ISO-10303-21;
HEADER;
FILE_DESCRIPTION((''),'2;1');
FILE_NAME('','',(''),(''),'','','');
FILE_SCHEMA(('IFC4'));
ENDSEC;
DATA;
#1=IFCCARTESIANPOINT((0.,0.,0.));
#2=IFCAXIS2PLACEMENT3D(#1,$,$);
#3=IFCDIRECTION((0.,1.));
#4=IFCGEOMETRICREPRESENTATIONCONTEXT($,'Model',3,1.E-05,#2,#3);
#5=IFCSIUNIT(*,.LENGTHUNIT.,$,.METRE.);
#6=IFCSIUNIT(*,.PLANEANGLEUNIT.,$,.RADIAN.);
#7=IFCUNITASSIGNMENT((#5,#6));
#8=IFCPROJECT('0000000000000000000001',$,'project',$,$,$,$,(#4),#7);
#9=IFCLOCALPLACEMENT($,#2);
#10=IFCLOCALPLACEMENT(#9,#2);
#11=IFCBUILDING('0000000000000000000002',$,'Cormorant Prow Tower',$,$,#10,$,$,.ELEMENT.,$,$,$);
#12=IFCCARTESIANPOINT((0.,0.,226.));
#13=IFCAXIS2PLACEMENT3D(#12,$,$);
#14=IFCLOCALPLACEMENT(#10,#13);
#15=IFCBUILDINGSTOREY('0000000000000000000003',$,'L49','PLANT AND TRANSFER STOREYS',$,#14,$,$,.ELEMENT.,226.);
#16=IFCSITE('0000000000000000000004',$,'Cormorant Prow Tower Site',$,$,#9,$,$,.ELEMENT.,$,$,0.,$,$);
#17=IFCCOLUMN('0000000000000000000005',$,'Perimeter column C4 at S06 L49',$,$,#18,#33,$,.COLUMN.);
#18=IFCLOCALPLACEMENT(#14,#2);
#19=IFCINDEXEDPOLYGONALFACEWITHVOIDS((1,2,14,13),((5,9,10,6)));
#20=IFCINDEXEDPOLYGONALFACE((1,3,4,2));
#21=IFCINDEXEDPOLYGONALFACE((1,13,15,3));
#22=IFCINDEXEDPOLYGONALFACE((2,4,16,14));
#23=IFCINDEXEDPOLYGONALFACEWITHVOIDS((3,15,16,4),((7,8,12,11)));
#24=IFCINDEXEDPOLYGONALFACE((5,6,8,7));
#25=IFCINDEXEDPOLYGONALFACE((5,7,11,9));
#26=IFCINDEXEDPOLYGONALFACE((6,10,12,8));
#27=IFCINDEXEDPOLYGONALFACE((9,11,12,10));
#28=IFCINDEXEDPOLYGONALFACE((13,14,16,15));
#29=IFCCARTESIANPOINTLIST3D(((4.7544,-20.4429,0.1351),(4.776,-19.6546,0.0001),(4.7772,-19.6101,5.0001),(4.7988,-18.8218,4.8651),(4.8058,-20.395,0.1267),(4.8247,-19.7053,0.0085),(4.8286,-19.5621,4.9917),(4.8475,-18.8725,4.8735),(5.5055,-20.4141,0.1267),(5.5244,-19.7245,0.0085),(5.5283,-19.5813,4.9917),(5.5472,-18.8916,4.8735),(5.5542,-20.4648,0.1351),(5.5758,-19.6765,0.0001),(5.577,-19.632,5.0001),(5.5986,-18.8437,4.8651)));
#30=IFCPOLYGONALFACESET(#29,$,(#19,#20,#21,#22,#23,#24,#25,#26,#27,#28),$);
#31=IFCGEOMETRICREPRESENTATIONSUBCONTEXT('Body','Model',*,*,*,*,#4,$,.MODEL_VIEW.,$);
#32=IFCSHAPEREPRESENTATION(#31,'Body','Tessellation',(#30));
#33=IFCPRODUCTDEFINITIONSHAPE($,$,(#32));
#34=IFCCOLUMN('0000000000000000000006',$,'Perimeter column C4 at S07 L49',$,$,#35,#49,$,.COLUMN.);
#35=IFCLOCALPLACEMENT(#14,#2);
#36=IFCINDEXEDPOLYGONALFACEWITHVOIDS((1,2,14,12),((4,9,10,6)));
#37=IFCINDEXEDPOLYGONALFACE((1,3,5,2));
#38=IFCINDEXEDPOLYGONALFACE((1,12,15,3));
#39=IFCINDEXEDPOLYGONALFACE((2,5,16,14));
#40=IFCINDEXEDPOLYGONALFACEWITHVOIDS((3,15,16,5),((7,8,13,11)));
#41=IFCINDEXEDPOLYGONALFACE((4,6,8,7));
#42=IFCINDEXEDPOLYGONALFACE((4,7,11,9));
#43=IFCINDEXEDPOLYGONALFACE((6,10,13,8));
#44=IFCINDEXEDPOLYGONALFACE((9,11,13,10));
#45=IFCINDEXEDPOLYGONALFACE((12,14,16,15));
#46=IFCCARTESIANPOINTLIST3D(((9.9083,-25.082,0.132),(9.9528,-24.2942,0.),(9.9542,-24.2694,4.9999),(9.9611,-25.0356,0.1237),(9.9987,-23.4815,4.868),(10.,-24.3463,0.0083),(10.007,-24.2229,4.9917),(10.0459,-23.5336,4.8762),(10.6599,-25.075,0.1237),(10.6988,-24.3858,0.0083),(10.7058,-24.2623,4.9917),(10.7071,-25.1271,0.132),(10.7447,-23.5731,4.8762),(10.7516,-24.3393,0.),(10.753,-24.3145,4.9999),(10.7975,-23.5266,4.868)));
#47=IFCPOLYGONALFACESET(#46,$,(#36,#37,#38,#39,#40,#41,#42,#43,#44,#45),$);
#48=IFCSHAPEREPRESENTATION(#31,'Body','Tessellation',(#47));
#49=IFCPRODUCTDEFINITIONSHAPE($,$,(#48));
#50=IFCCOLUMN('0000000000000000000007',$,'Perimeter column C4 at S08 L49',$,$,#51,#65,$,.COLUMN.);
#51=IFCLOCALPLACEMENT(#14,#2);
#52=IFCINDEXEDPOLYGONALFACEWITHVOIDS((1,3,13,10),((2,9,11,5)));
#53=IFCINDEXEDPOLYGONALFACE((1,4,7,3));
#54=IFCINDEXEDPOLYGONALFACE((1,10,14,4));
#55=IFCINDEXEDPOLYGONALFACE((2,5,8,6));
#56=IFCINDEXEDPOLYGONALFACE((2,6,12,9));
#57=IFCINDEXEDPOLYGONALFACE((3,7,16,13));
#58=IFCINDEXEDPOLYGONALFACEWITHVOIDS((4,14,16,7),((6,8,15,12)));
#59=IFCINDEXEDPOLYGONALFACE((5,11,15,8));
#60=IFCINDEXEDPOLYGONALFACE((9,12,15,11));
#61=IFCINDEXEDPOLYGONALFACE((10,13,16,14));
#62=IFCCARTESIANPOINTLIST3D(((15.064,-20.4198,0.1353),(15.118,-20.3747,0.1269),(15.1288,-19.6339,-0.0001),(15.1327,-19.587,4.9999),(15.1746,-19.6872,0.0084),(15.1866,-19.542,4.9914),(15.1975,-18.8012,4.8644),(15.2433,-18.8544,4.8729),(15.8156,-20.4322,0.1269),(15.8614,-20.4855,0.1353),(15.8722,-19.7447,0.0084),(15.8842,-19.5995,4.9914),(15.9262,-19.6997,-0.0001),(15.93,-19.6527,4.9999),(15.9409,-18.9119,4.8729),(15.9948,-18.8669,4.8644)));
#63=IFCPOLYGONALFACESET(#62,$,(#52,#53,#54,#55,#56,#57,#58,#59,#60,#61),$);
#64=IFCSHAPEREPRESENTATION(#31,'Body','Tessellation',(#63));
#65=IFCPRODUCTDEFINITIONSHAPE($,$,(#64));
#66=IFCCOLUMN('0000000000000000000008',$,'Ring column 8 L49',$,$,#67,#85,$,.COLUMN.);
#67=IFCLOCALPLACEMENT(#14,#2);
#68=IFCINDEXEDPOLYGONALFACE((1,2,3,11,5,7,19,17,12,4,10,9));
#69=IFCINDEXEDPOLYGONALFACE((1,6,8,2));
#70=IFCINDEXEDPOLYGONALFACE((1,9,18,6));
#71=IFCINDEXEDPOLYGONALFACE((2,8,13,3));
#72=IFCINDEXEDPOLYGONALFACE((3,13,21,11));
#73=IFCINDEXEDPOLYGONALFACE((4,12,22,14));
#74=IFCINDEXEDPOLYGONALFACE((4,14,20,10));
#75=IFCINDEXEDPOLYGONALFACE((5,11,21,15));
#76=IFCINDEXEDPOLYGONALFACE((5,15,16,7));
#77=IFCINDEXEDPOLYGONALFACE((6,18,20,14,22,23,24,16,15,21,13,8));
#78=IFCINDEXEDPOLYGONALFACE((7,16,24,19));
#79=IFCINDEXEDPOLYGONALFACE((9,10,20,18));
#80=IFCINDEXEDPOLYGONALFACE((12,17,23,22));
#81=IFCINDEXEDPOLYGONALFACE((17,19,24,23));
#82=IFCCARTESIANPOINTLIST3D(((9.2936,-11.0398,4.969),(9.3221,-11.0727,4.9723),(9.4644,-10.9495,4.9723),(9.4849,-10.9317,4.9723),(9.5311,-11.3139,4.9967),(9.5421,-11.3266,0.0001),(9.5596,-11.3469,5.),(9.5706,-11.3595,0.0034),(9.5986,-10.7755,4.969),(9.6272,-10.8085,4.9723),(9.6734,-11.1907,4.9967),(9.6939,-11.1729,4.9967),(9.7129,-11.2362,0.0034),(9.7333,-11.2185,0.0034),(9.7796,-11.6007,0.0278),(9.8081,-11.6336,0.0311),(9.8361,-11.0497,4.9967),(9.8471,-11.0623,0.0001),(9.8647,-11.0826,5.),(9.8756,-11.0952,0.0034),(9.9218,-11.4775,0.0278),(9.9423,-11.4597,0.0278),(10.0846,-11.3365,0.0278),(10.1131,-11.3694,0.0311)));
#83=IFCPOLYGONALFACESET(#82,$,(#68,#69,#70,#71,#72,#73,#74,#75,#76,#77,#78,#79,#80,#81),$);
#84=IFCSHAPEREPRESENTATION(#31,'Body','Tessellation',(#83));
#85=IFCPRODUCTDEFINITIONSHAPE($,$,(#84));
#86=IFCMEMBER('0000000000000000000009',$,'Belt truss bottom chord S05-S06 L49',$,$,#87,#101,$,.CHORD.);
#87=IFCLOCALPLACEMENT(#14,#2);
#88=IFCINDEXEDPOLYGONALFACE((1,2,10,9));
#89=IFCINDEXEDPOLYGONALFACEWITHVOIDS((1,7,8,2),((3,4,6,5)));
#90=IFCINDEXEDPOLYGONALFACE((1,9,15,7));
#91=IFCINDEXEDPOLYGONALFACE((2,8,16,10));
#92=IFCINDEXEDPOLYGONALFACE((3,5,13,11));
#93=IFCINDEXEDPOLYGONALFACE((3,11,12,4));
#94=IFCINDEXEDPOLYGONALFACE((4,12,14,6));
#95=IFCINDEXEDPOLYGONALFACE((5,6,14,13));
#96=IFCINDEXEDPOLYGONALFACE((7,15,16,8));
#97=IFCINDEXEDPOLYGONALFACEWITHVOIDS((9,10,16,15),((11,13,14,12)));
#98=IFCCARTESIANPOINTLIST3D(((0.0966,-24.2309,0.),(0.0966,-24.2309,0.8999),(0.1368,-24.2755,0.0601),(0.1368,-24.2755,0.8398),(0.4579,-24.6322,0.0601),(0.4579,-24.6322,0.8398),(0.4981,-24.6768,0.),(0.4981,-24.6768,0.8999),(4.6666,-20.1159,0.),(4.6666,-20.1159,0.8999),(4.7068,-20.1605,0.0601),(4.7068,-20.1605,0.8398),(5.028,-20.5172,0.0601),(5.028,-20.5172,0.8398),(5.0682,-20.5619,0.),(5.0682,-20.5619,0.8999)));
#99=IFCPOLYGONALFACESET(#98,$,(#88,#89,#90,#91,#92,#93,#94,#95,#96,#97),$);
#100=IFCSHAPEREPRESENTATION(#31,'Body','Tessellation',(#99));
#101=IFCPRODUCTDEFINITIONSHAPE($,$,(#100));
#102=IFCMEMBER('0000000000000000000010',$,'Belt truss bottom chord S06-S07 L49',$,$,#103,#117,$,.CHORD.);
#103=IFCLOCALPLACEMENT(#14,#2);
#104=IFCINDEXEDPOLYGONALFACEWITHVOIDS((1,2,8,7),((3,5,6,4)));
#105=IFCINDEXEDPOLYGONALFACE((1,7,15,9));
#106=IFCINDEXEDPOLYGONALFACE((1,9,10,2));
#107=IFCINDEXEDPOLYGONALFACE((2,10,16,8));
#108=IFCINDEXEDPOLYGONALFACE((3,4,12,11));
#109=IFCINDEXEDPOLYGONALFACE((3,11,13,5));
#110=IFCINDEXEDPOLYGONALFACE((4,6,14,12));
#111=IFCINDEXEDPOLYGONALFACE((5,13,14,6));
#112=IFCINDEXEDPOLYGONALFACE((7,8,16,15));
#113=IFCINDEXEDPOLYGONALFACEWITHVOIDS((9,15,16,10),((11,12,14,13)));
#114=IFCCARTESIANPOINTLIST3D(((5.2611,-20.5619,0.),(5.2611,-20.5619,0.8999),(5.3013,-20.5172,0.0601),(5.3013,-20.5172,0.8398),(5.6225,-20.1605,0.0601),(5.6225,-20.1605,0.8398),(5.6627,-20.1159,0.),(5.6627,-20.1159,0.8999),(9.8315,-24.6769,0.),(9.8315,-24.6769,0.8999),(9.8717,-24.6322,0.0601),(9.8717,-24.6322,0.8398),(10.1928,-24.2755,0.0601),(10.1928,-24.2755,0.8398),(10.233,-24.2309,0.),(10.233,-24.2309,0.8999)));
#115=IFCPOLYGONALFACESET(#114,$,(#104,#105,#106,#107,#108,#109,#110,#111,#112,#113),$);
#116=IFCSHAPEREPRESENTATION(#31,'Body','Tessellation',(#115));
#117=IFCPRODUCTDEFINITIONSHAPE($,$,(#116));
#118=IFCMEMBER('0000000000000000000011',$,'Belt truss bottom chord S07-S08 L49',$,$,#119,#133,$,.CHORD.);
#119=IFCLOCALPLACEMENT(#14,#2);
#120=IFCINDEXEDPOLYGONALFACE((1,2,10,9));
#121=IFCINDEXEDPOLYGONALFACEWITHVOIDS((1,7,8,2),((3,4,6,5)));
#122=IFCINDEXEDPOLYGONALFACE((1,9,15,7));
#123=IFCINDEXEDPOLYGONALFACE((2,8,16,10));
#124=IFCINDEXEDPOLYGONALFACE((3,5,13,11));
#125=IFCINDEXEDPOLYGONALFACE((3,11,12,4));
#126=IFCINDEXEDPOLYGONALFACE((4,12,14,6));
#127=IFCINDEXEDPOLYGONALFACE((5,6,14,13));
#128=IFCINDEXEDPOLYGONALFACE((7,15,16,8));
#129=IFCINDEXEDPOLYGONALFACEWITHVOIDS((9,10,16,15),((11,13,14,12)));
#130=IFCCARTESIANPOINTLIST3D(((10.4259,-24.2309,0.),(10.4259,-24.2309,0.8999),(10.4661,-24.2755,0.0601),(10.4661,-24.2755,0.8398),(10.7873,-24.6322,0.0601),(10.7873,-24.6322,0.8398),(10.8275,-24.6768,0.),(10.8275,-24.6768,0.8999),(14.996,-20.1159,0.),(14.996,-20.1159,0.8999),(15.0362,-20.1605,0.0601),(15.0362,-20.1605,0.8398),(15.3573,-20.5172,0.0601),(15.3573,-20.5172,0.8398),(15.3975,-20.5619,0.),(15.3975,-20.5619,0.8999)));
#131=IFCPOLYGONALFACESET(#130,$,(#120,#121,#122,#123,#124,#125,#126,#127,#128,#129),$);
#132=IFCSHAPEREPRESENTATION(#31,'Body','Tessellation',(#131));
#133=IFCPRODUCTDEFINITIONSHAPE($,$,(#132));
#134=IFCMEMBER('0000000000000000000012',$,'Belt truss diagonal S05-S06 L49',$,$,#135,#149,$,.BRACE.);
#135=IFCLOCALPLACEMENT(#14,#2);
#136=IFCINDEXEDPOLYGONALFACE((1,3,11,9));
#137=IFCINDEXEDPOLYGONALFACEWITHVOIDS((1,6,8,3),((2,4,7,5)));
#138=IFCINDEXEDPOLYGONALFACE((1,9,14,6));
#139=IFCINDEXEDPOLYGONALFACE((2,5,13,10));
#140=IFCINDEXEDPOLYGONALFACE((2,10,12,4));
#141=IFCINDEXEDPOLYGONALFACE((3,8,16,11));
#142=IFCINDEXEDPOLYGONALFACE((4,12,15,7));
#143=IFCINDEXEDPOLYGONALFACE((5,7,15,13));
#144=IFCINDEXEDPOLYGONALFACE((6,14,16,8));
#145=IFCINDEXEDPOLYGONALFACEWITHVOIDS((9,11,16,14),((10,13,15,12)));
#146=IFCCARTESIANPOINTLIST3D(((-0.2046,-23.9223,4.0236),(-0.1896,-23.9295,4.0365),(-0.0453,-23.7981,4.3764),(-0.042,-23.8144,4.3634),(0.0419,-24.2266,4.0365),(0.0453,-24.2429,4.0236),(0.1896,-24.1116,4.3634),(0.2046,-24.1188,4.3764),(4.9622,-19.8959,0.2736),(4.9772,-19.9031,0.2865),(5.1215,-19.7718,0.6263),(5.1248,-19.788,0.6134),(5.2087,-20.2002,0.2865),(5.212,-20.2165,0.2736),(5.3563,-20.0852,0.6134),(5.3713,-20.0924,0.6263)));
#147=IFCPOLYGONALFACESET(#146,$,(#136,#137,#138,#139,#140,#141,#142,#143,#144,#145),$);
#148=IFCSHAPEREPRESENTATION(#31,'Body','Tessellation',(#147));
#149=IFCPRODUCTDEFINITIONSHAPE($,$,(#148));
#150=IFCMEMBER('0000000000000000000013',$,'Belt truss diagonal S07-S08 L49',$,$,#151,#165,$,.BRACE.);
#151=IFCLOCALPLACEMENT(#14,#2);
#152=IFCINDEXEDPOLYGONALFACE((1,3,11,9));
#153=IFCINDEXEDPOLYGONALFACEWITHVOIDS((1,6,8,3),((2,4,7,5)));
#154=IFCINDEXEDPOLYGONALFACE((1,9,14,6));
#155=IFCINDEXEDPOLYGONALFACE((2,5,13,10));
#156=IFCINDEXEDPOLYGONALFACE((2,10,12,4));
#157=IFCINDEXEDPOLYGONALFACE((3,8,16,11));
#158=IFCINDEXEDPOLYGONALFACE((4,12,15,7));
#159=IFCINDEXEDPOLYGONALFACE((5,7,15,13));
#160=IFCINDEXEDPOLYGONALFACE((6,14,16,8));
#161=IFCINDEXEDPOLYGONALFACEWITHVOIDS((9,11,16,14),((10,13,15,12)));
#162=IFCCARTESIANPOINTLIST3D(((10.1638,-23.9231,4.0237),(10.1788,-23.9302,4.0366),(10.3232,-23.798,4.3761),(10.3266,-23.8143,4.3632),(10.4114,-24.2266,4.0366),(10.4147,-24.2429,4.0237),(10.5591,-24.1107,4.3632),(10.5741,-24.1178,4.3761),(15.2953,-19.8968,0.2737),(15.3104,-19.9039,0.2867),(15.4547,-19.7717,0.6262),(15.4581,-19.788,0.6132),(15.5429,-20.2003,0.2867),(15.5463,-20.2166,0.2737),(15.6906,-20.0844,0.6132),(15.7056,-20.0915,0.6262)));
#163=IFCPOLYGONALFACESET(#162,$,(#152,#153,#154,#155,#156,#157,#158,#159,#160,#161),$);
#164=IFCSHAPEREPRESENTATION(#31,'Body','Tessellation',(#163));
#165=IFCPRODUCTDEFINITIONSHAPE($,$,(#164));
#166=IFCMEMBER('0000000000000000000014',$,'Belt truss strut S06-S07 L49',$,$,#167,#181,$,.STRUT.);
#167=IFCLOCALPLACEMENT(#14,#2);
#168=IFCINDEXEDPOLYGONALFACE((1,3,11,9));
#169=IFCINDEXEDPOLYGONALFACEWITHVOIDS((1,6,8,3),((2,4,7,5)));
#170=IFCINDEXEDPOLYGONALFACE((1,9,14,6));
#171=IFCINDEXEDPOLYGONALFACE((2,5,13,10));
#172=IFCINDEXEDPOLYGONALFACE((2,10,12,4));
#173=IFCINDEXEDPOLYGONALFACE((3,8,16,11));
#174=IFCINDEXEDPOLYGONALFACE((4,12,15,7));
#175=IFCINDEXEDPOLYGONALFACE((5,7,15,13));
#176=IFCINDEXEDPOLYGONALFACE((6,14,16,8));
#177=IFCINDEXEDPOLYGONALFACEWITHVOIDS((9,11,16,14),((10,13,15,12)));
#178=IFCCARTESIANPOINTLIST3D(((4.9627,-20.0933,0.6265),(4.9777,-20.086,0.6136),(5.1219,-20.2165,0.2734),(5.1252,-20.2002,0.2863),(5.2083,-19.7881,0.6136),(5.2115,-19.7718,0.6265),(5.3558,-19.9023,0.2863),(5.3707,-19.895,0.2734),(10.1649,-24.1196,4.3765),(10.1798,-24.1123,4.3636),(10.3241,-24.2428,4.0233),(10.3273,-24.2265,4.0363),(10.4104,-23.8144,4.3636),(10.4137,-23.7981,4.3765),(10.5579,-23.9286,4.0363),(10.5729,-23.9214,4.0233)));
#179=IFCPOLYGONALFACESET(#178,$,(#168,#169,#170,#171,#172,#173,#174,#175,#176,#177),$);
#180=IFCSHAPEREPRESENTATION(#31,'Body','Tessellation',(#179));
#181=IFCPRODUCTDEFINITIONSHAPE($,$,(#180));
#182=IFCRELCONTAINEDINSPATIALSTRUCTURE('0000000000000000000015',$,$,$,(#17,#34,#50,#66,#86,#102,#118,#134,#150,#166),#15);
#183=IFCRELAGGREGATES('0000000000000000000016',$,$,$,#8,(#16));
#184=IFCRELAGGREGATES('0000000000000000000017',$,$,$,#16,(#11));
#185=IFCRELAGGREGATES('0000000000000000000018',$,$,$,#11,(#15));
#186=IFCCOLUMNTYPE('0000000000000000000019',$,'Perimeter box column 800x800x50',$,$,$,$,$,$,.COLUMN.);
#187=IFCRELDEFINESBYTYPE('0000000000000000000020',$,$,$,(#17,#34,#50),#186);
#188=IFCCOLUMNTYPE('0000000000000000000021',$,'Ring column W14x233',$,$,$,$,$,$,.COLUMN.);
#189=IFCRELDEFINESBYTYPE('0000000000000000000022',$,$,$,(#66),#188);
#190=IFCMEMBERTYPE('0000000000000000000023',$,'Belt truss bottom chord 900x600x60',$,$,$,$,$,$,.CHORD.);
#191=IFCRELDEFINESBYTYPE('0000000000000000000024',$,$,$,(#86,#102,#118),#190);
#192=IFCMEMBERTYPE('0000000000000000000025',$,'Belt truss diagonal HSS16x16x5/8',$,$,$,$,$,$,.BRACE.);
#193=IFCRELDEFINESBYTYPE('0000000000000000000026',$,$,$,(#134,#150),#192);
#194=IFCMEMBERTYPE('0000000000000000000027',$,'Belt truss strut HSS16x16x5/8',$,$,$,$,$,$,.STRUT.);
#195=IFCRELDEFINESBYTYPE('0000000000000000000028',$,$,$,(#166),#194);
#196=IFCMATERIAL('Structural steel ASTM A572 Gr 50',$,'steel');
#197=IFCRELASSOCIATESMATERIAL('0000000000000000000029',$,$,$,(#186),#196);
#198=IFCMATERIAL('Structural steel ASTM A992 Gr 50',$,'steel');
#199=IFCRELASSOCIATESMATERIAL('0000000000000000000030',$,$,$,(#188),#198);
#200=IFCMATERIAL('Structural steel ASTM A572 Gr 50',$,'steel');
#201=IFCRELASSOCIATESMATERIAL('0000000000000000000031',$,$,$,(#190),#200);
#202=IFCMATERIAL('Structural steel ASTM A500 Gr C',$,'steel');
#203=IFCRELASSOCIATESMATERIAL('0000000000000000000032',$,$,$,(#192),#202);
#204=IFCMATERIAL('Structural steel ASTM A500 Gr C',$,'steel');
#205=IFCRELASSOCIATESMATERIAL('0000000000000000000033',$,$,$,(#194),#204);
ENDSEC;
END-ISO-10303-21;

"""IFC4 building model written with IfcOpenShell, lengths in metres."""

from ifc_helpers import new_model, si_unit, direction, frame, origin, origin_2d, place, context, subcontext, project, spatial, hollow_rectangle, i_section, extrude, material, material_profile, profile_set, type_object, element, save


model = new_model("IFC4")

# Units and contexts
model_context = context("Model", 3, precision=1e-05, world=origin(), true_north=direction((0.0, 1.0)))
body_context = subcontext(model_context, "Body", "Model", "MODEL_VIEW")
ifc_project = project(units=[si_unit("LENGTHUNIT", "METRE"), si_unit("PLANEANGLEUNIT", "RADIAN")], contexts=[model_context])

# Site, building, storey
site_placement = place(None, origin())
site = spatial("IfcSite", under=ifc_project, at=site_placement, Name="Cormorant Prow Tower Site", CompositionType="ELEMENT", RefElevation=0.0)
building_placement = place(site_placement, origin())
building = spatial("IfcBuilding", under=site, at=building_placement, Name="Cormorant Prow Tower", CompositionType="ELEMENT")
storey_placement = place(building_placement, frame((0.0, 0.0, 226.0)))
storey = spatial("IfcBuildingStorey", under=building, at=storey_placement, Name="L49", Description="PLANT AND TRANSFER STOREYS", CompositionType="ELEMENT", Elevation=226.0)

# Columns
ifc_material_1 = material(Name="Structural steel ASTM A572 Gr 50", Category="steel")
ifc_material_profile_1 = material_profile(ifc_material_1, hollow_rectangle(XDim=0.8, YDim=0.8, WallThickness=0.05, at=origin_2d()), Name="Box 800x800x50")
ifc_profile_set_1 = profile_set([ifc_material_profile_1], Name="Structural steel ASTM A572 Gr 50")
column_type_1 = type_object("IfcColumnType", Name="Perimeter box column 800x800x50", PredefinedType="COLUMN", material=ifc_profile_set_1)
column_1_placement = place(storey_placement, frame((5.1648, -20.0713, 0.0), z_axis=(0.00462, 0.168735, 0.985651), x_axis=(-0.999625, 0.027371, 0.0)))
element("IfcColumn", 1, at=column_1_placement, inside=storey, type_object=column_type_1, Name="Perimeter column C4 at S06 L49", PredefinedType="COLUMN", context=body_context, shape_type="SweptSolid", body=[
    extrude(hollow_rectangle(XDim=0.8, YDim=0.8, WallThickness=0.05, at=origin_2d()), frame((0.0, 0.0, 0.0686)), (0.0, 0.0, 1.0), 4.9358),
])
column_2_placement = place(storey_placement, frame((10.3293, -24.7217, 0.0), z_axis=(0.009295, 0.164657, 0.986307), x_axis=(-0.998411, 0.05636, 0.0)))
element("IfcColumn", 2, at=column_2_placement, inside=storey, type_object=column_type_1, Name="Perimeter column C4 at S07 L49", PredefinedType="COLUMN", context=body_context, shape_type="SweptSolid", body=[
    extrude(hollow_rectangle(XDim=0.8, YDim=0.8, WallThickness=0.05, at=origin_2d()), frame((0.0, 0.0, 0.0669)), (0.0, 0.0, 1.0), 4.9355),
])
column_3_placement = place(storey_placement, frame((15.4941, -20.0713, 0.0), z_axis=(0.013908, 0.16872, 0.985566), x_axis=(-0.99662, 0.082151, 0.0)))
element("IfcColumn", 3, at=column_3_placement, inside=storey, type_object=column_type_1, Name="Perimeter column C4 at S08 L49", PredefinedType="COLUMN", context=body_context, shape_type="SweptSolid", body=[
    extrude(hollow_rectangle(XDim=0.8, YDim=0.8, WallThickness=0.05, at=origin_2d()), frame((0.0, 0.0, 0.0686)), (0.0, 0.0, 1.0), 4.9358),
])
ifc_material_2 = material(Name="Structural steel ASTM A992 Gr 50", Category="steel")
ifc_material_profile_2 = material_profile(ifc_material_2, i_section(OverallWidth=0.4036, OverallDepth=0.4075, WebThickness=0.0271, FlangeThickness=0.0437, at=origin_2d()), Name="W14x233")
ifc_profile_set_2 = profile_set([ifc_material_profile_2], Name="Structural steel ASTM A992 Gr 50")
column_type_2 = type_object("IfcColumnType", Name="Ring column W14x233", PredefinedType="COLUMN", material=ifc_profile_set_2)
column_4_placement = place(storey_placement, frame((9.8284, -11.3489, 0.0), z_axis=(-0.049855, 0.057547, 0.997097), x_axis=(-0.755816, -0.654784, 0.0)))
element("IfcColumn", 4, at=column_4_placement, inside=storey, type_object=column_type_2, Name="Ring column 8 L49", PredefinedType="COLUMN", context=body_context, shape_type="SweptSolid", body=[
    extrude(i_section(OverallWidth=0.4036, OverallDepth=0.4075, WebThickness=0.0271, FlangeThickness=0.0437, at=origin_2d()), frame((0.0, 0.0, 0.0156)), (0.0, 0.0, 1.0), 4.9834),
])

# Members
ifc_material_3 = material(Name="Structural steel ASTM A572 Gr 50", Category="steel")
ifc_material_profile_3 = material_profile(ifc_material_3, hollow_rectangle(XDim=0.6001, YDim=0.8999, WallThickness=0.0601, at=origin_2d()), Name="Box 900x600x60")
ifc_profile_set_3 = profile_set([ifc_material_profile_3], Name="Structural steel ASTM A572 Gr 50")
member_type_1 = type_object("IfcMemberType", Name="Belt truss bottom chord 900x600x60", PredefinedType="CHORD", material=ifc_profile_set_3)
member_1_placement = place(storey_placement, frame((0.2974, -24.4539, 0.45), z_axis=(0.743138, 0.669138, 0.0), x_axis=(-0.669138, 0.743138, 0.0)))
element("IfcMember", 5, at=member_1_placement, inside=storey, type_object=member_type_1, Name="Belt truss bottom chord S05-S06 L49", PredefinedType="CHORD", context=body_context, shape_type="SweptSolid", body=[
    extrude(hollow_rectangle(XDim=0.6001, YDim=0.8999, WallThickness=0.0601, at=origin_2d()), origin(), (0.0, 0.0, 1.0), 6.1497),
])
member_2_placement = place(storey_placement, frame((5.4619, -20.3389, 0.45), z_axis=(0.743156, -0.669118, 0.0), x_axis=(0.669118, 0.743156, 0.0)))
element("IfcMember", 6, at=member_2_placement, inside=storey, type_object=member_type_1, Name="Belt truss bottom chord S06-S07 L49", PredefinedType="CHORD", context=body_context, shape_type="SweptSolid", body=[
    extrude(hollow_rectangle(XDim=0.6001, YDim=0.8999, WallThickness=0.0601, at=origin_2d()), origin(), (0.0, 0.0, 1.0), 6.1499),
])
member_3_placement = place(storey_placement, frame((10.6267, -24.4539, 0.45), z_axis=(0.743138, 0.669138, 0.0), x_axis=(-0.669138, 0.743138, 0.0)))
element("IfcMember", 7, at=member_3_placement, inside=storey, type_object=member_type_1, Name="Belt truss bottom chord S07-S08 L49", PredefinedType="CHORD", context=body_context, shape_type="SweptSolid", body=[
    extrude(hollow_rectangle(XDim=0.6001, YDim=0.8999, WallThickness=0.0601, at=origin_2d()), origin(), (0.0, 0.0, 1.0), 6.1497),
])
ifc_material_4 = material(Name="Structural steel ASTM A500 Gr C", Category="steel")
ifc_material_profile_4 = material_profile(ifc_material_4, hollow_rectangle(XDim=0.4065, YDim=0.4065, WallThickness=0.0149, at=origin_2d()), Name="HSS16x16x5/8")
ifc_profile_set_4 = profile_set([ifc_material_profile_4], Name="Structural steel ASTM A500 Gr C")
member_type_2 = type_object("IfcMemberType", Name="Belt truss diagonal HSS16x16x5/8", PredefinedType="BRACE", material=ifc_profile_set_4)
member_4_placement = place(storey_placement, frame((5.1667, -19.9941, 0.45), z_axis=(-0.684536, -0.533448, 0.496833), x_axis=(0.614681, -0.788776, 0.0)))
element("IfcMember", 8, at=member_4_placement, inside=storey, type_object=member_type_2, Name="Belt truss diagonal S05-S06 L49", PredefinedType="BRACE", context=body_context, shape_type="SweptSolid", body=[
    extrude(hollow_rectangle(XDim=0.4065, YDim=0.4065, WallThickness=0.0149, at=origin_2d()), origin(), (0.0, 0.0, 1.0), 7.5479),
])
member_5_placement = place(storey_placement, frame((15.5005, -19.9941, 0.45), z_axis=(-0.682049, -0.535152, 0.498419), x_axis=(0.617291, -0.786735, 0.0)))
element("IfcMember", 9, at=member_5_placement, inside=storey, type_object=member_type_2, Name="Belt truss diagonal S07-S08 L49", PredefinedType="BRACE", context=body_context, shape_type="SweptSolid", body=[
    extrude(hollow_rectangle(XDim=0.4065, YDim=0.4065, WallThickness=0.0149, at=origin_2d()), origin(), (0.0, 0.0, 1.0), 7.5237),
])
ifc_material_5 = material(Name="Structural steel ASTM A500 Gr C", Category="steel")
ifc_material_profile_5 = material_profile(ifc_material_5, hollow_rectangle(XDim=0.4065, YDim=0.4065, WallThickness=0.0149, at=origin_2d()), Name="HSS16x16x5/8")
ifc_profile_set_5 = profile_set([ifc_material_profile_5], Name="Structural steel ASTM A500 Gr C")
member_type_3 = type_object("IfcMemberType", Name="Belt truss strut HSS16x16x5/8", PredefinedType="STRUT", material=ifc_profile_set_5)
member_6_placement = place(storey_placement, frame((5.1667, -19.9941, 0.45), z_axis=(0.687017, -0.531738, 0.49524), x_axis=(0.612068, 0.790805, 0.0)))
element("IfcMember", 10, at=member_6_placement, inside=storey, type_object=member_type_3, Name="Belt truss strut S06-S07 L49", PredefinedType="STRUT", context=body_context, shape_type="SweptSolid", body=[
    extrude(hollow_rectangle(XDim=0.4065, YDim=0.4065, WallThickness=0.0149, at=origin_2d()), origin(), (0.0, 0.0, 1.0), 7.572),
])

save(model, "model.ifc")
